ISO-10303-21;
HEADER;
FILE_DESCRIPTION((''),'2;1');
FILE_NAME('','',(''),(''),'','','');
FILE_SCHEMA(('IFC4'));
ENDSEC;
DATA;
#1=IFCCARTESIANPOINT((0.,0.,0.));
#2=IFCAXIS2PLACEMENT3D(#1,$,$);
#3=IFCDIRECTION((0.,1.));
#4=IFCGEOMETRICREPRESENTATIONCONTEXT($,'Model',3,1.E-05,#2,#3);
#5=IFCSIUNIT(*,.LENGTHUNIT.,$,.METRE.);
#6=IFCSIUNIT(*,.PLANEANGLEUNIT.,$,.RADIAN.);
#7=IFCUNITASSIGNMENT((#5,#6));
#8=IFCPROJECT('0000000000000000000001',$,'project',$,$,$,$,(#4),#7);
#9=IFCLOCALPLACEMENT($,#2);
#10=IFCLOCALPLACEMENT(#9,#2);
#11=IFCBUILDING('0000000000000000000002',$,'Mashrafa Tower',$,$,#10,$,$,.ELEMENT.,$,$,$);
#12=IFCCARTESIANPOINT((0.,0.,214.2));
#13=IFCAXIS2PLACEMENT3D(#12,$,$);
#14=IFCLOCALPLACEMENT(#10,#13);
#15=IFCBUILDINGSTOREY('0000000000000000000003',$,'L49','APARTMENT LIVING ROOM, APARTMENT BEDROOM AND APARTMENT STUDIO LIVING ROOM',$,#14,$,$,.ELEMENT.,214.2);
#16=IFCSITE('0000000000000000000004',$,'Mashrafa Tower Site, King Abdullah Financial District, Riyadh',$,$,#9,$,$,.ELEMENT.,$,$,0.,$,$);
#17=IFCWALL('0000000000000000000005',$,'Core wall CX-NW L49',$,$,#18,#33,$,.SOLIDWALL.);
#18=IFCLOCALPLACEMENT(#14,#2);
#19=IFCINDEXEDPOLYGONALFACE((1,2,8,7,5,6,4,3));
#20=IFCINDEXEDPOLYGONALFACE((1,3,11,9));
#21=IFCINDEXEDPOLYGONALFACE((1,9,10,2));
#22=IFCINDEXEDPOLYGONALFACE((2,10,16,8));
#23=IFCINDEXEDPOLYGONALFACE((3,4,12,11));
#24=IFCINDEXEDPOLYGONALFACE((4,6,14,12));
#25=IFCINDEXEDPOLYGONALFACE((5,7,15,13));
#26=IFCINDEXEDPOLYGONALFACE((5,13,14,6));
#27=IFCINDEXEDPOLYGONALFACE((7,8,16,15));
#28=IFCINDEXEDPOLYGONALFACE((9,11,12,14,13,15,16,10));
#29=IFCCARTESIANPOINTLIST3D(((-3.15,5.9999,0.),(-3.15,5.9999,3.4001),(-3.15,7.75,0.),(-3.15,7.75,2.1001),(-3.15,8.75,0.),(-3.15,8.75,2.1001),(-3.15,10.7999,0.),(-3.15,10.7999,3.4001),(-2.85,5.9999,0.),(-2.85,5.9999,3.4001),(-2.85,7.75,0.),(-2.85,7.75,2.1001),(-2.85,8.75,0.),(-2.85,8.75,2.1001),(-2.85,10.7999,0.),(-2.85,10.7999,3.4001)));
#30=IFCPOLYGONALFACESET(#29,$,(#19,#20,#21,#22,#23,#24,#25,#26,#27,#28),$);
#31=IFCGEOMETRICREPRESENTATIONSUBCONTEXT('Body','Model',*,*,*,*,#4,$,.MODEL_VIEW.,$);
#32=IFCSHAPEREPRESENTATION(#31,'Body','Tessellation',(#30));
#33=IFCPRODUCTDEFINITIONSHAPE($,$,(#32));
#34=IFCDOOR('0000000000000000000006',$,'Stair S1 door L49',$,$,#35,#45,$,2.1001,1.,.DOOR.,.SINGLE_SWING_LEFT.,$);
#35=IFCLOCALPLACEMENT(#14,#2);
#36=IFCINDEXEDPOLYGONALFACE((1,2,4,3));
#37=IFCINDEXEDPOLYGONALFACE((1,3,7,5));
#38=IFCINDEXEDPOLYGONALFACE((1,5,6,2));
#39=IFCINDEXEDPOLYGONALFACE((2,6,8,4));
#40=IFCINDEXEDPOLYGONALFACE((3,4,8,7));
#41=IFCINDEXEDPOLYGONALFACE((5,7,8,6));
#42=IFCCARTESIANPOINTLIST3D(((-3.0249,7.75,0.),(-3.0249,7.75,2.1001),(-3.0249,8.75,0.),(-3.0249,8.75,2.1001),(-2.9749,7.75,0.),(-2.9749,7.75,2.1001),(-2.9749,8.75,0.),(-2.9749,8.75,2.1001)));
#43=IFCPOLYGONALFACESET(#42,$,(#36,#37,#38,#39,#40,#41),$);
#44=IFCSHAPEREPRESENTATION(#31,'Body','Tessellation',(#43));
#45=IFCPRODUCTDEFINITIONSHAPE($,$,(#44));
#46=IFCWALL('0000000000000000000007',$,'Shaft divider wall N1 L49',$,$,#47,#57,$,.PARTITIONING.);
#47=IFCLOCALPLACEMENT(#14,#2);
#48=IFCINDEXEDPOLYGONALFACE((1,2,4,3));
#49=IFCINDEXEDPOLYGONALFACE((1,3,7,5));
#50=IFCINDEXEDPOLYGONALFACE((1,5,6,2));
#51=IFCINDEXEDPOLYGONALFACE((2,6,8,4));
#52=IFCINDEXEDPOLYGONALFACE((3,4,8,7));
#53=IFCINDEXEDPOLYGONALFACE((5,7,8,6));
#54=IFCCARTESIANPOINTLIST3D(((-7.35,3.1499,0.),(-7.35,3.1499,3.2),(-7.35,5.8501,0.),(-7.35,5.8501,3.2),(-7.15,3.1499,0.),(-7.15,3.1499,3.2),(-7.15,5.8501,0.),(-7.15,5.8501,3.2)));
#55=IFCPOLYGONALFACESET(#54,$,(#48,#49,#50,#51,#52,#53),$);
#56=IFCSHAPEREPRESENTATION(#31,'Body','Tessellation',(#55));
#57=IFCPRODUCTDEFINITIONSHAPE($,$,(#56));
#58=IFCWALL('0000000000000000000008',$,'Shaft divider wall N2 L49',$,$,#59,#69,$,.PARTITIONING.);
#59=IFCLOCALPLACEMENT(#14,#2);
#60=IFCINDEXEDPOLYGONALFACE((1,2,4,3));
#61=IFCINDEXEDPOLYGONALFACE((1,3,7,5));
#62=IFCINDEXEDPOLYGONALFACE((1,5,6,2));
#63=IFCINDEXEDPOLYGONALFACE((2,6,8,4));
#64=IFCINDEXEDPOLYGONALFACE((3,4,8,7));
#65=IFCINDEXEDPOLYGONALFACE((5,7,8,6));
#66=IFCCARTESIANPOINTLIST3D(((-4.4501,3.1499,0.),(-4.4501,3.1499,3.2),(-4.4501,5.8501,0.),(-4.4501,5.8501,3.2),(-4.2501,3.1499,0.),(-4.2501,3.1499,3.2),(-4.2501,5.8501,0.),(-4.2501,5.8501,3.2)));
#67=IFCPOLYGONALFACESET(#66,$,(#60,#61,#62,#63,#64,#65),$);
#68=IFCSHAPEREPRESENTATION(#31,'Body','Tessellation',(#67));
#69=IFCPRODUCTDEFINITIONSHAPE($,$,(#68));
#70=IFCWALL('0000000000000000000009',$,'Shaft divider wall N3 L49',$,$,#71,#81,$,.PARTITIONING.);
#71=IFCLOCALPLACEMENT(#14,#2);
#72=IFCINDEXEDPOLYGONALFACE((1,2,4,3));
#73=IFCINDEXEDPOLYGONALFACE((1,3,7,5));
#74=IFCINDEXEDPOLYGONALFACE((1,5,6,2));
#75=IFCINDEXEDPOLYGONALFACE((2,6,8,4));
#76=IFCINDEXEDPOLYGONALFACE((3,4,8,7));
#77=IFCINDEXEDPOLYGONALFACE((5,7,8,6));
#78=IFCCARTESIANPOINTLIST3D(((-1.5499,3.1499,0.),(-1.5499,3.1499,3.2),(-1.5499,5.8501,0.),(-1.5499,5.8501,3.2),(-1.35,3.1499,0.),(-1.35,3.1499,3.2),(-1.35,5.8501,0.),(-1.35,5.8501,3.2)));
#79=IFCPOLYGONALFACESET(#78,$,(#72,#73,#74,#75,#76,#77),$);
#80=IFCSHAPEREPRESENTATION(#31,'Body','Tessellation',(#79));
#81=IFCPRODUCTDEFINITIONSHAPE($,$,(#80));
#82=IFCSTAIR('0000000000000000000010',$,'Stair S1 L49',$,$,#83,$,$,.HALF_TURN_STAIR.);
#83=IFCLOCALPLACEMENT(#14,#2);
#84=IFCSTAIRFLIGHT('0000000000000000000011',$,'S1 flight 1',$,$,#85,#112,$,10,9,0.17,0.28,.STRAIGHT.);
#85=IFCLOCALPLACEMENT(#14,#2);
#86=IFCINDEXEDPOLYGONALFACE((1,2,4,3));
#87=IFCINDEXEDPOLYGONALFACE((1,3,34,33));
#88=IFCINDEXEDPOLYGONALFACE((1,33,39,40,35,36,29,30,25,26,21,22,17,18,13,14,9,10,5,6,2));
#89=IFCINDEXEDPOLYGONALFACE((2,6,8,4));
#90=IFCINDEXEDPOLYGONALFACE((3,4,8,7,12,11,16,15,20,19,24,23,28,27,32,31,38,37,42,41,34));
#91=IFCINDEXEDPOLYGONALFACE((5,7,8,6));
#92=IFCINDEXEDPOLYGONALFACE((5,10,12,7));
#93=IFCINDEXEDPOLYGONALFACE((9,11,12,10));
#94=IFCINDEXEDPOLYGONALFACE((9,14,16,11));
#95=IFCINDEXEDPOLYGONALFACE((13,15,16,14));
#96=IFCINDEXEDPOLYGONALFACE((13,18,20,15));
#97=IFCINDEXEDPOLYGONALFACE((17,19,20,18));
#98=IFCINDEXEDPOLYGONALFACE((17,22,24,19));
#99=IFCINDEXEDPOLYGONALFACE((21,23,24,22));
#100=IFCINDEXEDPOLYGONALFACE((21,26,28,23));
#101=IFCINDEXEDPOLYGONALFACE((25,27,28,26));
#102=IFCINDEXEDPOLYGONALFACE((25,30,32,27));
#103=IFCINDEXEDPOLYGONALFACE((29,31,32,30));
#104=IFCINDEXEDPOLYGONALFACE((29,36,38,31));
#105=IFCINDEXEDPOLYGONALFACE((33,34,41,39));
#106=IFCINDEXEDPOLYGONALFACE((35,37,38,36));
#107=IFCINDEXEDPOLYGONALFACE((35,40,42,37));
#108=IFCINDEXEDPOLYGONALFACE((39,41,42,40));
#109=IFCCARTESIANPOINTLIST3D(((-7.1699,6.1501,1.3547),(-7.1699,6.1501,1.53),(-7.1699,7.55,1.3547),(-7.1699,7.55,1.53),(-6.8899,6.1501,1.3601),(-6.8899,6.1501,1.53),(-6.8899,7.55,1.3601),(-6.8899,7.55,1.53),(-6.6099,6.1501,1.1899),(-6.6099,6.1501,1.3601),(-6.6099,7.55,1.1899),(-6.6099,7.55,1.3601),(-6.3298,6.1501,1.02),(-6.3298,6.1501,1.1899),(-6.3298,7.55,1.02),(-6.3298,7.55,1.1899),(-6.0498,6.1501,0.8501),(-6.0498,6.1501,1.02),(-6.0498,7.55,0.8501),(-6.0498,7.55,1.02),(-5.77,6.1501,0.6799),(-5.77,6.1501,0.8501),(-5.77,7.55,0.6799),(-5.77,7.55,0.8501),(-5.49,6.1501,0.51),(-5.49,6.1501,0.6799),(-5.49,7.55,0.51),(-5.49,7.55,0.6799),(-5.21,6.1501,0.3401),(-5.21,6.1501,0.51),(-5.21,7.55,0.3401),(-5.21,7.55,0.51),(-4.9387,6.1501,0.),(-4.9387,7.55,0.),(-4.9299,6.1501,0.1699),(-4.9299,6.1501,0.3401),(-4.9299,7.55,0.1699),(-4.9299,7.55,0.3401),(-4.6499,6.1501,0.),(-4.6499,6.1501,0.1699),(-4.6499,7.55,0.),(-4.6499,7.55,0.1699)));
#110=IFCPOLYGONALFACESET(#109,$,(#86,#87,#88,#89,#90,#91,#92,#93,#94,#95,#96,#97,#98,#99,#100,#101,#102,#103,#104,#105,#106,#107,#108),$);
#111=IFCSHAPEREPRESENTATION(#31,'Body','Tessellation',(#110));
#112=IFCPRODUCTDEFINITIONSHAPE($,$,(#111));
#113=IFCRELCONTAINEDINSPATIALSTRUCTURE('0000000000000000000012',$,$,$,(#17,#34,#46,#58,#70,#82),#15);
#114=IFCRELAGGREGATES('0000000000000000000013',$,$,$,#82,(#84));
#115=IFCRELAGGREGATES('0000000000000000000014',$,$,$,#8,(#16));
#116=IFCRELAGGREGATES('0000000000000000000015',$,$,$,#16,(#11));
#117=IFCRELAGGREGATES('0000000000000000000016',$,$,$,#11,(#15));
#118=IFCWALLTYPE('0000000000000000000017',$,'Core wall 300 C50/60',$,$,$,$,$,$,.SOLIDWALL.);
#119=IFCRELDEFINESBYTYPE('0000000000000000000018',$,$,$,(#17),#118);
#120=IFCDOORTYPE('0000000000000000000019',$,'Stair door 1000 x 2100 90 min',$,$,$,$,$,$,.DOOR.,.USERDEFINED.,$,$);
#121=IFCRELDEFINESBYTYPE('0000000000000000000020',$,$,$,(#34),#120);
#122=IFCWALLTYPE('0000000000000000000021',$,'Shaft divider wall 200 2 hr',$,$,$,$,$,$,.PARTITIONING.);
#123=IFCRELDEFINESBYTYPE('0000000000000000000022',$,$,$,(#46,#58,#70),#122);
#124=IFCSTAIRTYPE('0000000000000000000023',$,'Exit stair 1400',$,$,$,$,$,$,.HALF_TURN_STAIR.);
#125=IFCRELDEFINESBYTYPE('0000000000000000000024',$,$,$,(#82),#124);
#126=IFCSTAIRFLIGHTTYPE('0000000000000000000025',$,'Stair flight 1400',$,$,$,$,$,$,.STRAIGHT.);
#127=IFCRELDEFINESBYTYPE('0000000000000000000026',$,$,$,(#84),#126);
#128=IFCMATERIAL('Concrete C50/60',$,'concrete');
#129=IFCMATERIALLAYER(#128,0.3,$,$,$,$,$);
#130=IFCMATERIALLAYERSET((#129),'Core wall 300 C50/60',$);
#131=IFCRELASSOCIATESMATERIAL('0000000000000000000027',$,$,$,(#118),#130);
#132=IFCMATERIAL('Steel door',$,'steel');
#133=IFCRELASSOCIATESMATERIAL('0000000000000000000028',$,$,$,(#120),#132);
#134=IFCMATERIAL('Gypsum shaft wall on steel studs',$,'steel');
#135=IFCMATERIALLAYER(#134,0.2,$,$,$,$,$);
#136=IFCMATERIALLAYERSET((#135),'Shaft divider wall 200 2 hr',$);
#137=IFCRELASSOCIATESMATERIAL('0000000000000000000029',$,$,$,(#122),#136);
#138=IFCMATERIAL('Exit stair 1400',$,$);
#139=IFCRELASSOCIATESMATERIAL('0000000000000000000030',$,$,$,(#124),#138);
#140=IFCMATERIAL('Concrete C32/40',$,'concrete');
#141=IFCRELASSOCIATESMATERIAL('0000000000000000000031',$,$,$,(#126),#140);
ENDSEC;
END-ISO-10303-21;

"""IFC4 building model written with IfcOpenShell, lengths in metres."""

from ifc_helpers import new_model, si_unit, direction, frame, frame_2d, origin, place, context, subcontext, project, spatial, polyline, rectangle, outline, extrude, material, layer, layer_set, type_object, element, fill, aggregate, save


model = new_model("IFC4")

# Units and contexts
model_context = context("Model", 3, precision=1e-05, world=origin(), true_north=direction((0.0, 1.0)))
body_context = subcontext(model_context, "Body", "Model", "MODEL_VIEW")
ifc_project = project(units=[si_unit("LENGTHUNIT", "METRE"), si_unit("PLANEANGLEUNIT", "RADIAN")], contexts=[model_context])

# Site, building, storey
site_placement = place(None, origin())
site = spatial("IfcSite", under=ifc_project, at=site_placement, Name="Mashrafa Tower Site, King Abdullah Financial District, Riyadh", CompositionType="ELEMENT", RefElevation=0.0)
building_placement = place(site_placement, origin())
building = spatial("IfcBuilding", under=site, at=building_placement, Name="Mashrafa Tower", CompositionType="ELEMENT")
storey_placement = place(building_placement, frame((0.0, 0.0, 214.2)))
storey = spatial("IfcBuildingStorey", under=building, at=storey_placement, Name="L49", Description="APARTMENT LIVING ROOM, APARTMENT BEDROOM AND APARTMENT STUDIO LIVING ROOM", CompositionType="ELEMENT", Elevation=214.2)

# Shared definitions
ifc_material_1 = material(Name="Concrete C50/60", Category="concrete")
ifc_layer_1 = layer(ifc_material_1, 0.3)
ifc_layer_set_1 = layer_set([ifc_layer_1], Name="Core wall 300 C50/60")
wall_type_1 = type_object("IfcWallType", Name="Core wall 300 C50/60", PredefinedType="SOLIDWALL", material=ifc_layer_set_1)

# Wall, opening, door
wall_1_placement = place(storey_placement, frame((-3.0, 6.0, 0.0), z_axis=(0.0, 0.0, 1.0), x_axis=(0.0, 1.0, 0.0)))
wall_1 = element("IfcWall", 1, at=wall_1_placement, inside=storey, type_object=wall_type_1, Name="Core wall CX-NW L49", PredefinedType="SOLIDWALL", context=body_context, shape_type="SweptSolid", body=[
    extrude(rectangle(XDim=4.8, YDim=0.3, at=frame_2d((2.3999, 0.0))), origin(), (0.0, 0.0, 1.0), 3.4001),
])
opening_1_placement = place(wall_1_placement, frame((1.75, 0.0, 0.0)))
opening_1 = element("IfcOpeningElement", 2, at=opening_1_placement, cuts=wall_1, PredefinedType="OPENING", context=body_context, shape_type="SweptSolid", body=[
    extrude(rectangle(XDim=1.0, YDim=2.1001, at=frame_2d((0.5, 1.05))), frame((0.0, 0.1599, 0.0), z_axis=(0.0, -1.0, 0.0), x_axis=(1.0, 0.0, 0.0)), (0.0, 0.0, 1.0), 0.3201),
])
ifc_material_2 = material(Name="Steel door", Category="steel")
door_type_1 = type_object("IfcDoorType", Name="Stair door 1000 x 2100 90 min", OperationType="USERDEFINED", PredefinedType="DOOR", material=ifc_material_2)
door_1_placement = place(opening_1_placement, origin())
door_1 = element("IfcDoor", 3, at=door_1_placement, inside=storey, type_object=door_type_1, Name="Stair S1 door L49", OperationType="SINGLE_SWING_LEFT", OverallHeight=2.1001, OverallWidth=1.0, PredefinedType="DOOR", context=body_context, shape_type="SweptSolid", body=[
    extrude(rectangle(XDim=1.0, YDim=2.1001, at=frame_2d((0.5, 1.05))), frame((0.0, 0.0249, 0.0), z_axis=(0.0, -1.0, 0.0), x_axis=(1.0, 0.0, 0.0)), (0.0, 0.0, 1.0), 0.05),
])
fill(opening_1, door_1)

# Walls
ifc_material_3 = material(Name="Gypsum shaft wall on steel studs", Category="steel")
ifc_layer_2 = layer(ifc_material_3, 0.2)
ifc_layer_set_2 = layer_set([ifc_layer_2], Name="Shaft divider wall 200 2 hr")
wall_type_2 = type_object("IfcWallType", Name="Shaft divider wall 200 2 hr", PredefinedType="PARTITIONING", material=ifc_layer_set_2)
for number, where, z_axis, x_axis, name in (
    (4, (-7.25, 3.1499, 0.0), (0.0, 0.0, 1.0), (0.0, 1.0, 0.0), "Shaft divider wall N1 L49"),
    (5, (-4.3501, 3.1499, 0.0), (0.0, 0.0, 1.0), (0.0, 1.0, 0.0), "Shaft divider wall N2 L49"),
    (6, (-1.45, 3.1499, 0.0), (0.0, 0.0, 1.0), (0.0, 1.0, 0.0), "Shaft divider wall N3 L49"),
):
    element("IfcWall", number, at=place(storey_placement, frame(where, z_axis=z_axis, x_axis=x_axis)), inside=storey, type_object=wall_type_2, Name=name, PredefinedType="PARTITIONING", context=body_context, shape_type="SweptSolid", body=[
        extrude(rectangle(XDim=2.7002, YDim=0.2, at=frame_2d((1.3501, 0.0))), origin(), (0.0, 0.0, 1.0), 3.2),
    ])

# Stair, stair flight
ifc_material_4 = material(Name="Exit stair 1400")
stair_type = type_object("IfcStairType", Name="Exit stair 1400", PredefinedType="HALF_TURN_STAIR", material=ifc_material_4)
stair_placement = place(storey_placement, origin())
stair = element("IfcStair", 7, at=stair_placement, inside=storey, type_object=stair_type, Name="Stair S1 L49", PredefinedType="HALF_TURN_STAIR")
ifc_material_5 = material(Name="Concrete C32/40", Category="concrete")
stair_flight_type = type_object("IfcStairFlightType", Name="Stair flight 1400", PredefinedType="STRAIGHT", material=ifc_material_5)
stair_flight_placement = place(storey_placement, frame((-4.6499, 6.8501, 0.0), z_axis=(0.0, 0.0, 1.0), x_axis=(-1.0, 0.0, 0.0)))
stair_flight = element("IfcStairFlight", 8, at=stair_flight_placement, type_object=stair_flight_type, Name="S1 flight 1", NumberOfRisers=10, NumberOfTreads=9, PredefinedType="STRAIGHT", RiserHeight=0.17, TreadLength=0.28, context=body_context, shape_type="SweptSolid", body=[
    extrude(outline(polyline([(0.0, 0.0), (0.0, 0.1699), (0.28, 0.1699), (0.28, 0.3401), (0.5601, 0.3401), (0.5601, 0.51), (0.8401, 0.51), (0.8401, 0.6799), (1.1201, 0.6799), (1.1201, 0.8501), (1.3999, 0.8501), (1.3999, 1.02), (1.6799, 1.02), (1.6799, 1.1899), (1.96, 1.1899), (1.96, 1.3601), (2.24, 1.3601), (2.24, 1.53), (2.52, 1.53), (2.52, 1.7), (2.52, 1.3547), (0.2888, 0.0), (0.0, 0.0)])), frame((0.0, 0.7, 0.0), z_axis=(0.0, -1.0, 0.0), x_axis=(1.0, 0.0, 0.0)), (0.0, 0.0, 1.0), 1.3999),
])
aggregate(stair, [stair_flight])

save(model, "model.ifc")
